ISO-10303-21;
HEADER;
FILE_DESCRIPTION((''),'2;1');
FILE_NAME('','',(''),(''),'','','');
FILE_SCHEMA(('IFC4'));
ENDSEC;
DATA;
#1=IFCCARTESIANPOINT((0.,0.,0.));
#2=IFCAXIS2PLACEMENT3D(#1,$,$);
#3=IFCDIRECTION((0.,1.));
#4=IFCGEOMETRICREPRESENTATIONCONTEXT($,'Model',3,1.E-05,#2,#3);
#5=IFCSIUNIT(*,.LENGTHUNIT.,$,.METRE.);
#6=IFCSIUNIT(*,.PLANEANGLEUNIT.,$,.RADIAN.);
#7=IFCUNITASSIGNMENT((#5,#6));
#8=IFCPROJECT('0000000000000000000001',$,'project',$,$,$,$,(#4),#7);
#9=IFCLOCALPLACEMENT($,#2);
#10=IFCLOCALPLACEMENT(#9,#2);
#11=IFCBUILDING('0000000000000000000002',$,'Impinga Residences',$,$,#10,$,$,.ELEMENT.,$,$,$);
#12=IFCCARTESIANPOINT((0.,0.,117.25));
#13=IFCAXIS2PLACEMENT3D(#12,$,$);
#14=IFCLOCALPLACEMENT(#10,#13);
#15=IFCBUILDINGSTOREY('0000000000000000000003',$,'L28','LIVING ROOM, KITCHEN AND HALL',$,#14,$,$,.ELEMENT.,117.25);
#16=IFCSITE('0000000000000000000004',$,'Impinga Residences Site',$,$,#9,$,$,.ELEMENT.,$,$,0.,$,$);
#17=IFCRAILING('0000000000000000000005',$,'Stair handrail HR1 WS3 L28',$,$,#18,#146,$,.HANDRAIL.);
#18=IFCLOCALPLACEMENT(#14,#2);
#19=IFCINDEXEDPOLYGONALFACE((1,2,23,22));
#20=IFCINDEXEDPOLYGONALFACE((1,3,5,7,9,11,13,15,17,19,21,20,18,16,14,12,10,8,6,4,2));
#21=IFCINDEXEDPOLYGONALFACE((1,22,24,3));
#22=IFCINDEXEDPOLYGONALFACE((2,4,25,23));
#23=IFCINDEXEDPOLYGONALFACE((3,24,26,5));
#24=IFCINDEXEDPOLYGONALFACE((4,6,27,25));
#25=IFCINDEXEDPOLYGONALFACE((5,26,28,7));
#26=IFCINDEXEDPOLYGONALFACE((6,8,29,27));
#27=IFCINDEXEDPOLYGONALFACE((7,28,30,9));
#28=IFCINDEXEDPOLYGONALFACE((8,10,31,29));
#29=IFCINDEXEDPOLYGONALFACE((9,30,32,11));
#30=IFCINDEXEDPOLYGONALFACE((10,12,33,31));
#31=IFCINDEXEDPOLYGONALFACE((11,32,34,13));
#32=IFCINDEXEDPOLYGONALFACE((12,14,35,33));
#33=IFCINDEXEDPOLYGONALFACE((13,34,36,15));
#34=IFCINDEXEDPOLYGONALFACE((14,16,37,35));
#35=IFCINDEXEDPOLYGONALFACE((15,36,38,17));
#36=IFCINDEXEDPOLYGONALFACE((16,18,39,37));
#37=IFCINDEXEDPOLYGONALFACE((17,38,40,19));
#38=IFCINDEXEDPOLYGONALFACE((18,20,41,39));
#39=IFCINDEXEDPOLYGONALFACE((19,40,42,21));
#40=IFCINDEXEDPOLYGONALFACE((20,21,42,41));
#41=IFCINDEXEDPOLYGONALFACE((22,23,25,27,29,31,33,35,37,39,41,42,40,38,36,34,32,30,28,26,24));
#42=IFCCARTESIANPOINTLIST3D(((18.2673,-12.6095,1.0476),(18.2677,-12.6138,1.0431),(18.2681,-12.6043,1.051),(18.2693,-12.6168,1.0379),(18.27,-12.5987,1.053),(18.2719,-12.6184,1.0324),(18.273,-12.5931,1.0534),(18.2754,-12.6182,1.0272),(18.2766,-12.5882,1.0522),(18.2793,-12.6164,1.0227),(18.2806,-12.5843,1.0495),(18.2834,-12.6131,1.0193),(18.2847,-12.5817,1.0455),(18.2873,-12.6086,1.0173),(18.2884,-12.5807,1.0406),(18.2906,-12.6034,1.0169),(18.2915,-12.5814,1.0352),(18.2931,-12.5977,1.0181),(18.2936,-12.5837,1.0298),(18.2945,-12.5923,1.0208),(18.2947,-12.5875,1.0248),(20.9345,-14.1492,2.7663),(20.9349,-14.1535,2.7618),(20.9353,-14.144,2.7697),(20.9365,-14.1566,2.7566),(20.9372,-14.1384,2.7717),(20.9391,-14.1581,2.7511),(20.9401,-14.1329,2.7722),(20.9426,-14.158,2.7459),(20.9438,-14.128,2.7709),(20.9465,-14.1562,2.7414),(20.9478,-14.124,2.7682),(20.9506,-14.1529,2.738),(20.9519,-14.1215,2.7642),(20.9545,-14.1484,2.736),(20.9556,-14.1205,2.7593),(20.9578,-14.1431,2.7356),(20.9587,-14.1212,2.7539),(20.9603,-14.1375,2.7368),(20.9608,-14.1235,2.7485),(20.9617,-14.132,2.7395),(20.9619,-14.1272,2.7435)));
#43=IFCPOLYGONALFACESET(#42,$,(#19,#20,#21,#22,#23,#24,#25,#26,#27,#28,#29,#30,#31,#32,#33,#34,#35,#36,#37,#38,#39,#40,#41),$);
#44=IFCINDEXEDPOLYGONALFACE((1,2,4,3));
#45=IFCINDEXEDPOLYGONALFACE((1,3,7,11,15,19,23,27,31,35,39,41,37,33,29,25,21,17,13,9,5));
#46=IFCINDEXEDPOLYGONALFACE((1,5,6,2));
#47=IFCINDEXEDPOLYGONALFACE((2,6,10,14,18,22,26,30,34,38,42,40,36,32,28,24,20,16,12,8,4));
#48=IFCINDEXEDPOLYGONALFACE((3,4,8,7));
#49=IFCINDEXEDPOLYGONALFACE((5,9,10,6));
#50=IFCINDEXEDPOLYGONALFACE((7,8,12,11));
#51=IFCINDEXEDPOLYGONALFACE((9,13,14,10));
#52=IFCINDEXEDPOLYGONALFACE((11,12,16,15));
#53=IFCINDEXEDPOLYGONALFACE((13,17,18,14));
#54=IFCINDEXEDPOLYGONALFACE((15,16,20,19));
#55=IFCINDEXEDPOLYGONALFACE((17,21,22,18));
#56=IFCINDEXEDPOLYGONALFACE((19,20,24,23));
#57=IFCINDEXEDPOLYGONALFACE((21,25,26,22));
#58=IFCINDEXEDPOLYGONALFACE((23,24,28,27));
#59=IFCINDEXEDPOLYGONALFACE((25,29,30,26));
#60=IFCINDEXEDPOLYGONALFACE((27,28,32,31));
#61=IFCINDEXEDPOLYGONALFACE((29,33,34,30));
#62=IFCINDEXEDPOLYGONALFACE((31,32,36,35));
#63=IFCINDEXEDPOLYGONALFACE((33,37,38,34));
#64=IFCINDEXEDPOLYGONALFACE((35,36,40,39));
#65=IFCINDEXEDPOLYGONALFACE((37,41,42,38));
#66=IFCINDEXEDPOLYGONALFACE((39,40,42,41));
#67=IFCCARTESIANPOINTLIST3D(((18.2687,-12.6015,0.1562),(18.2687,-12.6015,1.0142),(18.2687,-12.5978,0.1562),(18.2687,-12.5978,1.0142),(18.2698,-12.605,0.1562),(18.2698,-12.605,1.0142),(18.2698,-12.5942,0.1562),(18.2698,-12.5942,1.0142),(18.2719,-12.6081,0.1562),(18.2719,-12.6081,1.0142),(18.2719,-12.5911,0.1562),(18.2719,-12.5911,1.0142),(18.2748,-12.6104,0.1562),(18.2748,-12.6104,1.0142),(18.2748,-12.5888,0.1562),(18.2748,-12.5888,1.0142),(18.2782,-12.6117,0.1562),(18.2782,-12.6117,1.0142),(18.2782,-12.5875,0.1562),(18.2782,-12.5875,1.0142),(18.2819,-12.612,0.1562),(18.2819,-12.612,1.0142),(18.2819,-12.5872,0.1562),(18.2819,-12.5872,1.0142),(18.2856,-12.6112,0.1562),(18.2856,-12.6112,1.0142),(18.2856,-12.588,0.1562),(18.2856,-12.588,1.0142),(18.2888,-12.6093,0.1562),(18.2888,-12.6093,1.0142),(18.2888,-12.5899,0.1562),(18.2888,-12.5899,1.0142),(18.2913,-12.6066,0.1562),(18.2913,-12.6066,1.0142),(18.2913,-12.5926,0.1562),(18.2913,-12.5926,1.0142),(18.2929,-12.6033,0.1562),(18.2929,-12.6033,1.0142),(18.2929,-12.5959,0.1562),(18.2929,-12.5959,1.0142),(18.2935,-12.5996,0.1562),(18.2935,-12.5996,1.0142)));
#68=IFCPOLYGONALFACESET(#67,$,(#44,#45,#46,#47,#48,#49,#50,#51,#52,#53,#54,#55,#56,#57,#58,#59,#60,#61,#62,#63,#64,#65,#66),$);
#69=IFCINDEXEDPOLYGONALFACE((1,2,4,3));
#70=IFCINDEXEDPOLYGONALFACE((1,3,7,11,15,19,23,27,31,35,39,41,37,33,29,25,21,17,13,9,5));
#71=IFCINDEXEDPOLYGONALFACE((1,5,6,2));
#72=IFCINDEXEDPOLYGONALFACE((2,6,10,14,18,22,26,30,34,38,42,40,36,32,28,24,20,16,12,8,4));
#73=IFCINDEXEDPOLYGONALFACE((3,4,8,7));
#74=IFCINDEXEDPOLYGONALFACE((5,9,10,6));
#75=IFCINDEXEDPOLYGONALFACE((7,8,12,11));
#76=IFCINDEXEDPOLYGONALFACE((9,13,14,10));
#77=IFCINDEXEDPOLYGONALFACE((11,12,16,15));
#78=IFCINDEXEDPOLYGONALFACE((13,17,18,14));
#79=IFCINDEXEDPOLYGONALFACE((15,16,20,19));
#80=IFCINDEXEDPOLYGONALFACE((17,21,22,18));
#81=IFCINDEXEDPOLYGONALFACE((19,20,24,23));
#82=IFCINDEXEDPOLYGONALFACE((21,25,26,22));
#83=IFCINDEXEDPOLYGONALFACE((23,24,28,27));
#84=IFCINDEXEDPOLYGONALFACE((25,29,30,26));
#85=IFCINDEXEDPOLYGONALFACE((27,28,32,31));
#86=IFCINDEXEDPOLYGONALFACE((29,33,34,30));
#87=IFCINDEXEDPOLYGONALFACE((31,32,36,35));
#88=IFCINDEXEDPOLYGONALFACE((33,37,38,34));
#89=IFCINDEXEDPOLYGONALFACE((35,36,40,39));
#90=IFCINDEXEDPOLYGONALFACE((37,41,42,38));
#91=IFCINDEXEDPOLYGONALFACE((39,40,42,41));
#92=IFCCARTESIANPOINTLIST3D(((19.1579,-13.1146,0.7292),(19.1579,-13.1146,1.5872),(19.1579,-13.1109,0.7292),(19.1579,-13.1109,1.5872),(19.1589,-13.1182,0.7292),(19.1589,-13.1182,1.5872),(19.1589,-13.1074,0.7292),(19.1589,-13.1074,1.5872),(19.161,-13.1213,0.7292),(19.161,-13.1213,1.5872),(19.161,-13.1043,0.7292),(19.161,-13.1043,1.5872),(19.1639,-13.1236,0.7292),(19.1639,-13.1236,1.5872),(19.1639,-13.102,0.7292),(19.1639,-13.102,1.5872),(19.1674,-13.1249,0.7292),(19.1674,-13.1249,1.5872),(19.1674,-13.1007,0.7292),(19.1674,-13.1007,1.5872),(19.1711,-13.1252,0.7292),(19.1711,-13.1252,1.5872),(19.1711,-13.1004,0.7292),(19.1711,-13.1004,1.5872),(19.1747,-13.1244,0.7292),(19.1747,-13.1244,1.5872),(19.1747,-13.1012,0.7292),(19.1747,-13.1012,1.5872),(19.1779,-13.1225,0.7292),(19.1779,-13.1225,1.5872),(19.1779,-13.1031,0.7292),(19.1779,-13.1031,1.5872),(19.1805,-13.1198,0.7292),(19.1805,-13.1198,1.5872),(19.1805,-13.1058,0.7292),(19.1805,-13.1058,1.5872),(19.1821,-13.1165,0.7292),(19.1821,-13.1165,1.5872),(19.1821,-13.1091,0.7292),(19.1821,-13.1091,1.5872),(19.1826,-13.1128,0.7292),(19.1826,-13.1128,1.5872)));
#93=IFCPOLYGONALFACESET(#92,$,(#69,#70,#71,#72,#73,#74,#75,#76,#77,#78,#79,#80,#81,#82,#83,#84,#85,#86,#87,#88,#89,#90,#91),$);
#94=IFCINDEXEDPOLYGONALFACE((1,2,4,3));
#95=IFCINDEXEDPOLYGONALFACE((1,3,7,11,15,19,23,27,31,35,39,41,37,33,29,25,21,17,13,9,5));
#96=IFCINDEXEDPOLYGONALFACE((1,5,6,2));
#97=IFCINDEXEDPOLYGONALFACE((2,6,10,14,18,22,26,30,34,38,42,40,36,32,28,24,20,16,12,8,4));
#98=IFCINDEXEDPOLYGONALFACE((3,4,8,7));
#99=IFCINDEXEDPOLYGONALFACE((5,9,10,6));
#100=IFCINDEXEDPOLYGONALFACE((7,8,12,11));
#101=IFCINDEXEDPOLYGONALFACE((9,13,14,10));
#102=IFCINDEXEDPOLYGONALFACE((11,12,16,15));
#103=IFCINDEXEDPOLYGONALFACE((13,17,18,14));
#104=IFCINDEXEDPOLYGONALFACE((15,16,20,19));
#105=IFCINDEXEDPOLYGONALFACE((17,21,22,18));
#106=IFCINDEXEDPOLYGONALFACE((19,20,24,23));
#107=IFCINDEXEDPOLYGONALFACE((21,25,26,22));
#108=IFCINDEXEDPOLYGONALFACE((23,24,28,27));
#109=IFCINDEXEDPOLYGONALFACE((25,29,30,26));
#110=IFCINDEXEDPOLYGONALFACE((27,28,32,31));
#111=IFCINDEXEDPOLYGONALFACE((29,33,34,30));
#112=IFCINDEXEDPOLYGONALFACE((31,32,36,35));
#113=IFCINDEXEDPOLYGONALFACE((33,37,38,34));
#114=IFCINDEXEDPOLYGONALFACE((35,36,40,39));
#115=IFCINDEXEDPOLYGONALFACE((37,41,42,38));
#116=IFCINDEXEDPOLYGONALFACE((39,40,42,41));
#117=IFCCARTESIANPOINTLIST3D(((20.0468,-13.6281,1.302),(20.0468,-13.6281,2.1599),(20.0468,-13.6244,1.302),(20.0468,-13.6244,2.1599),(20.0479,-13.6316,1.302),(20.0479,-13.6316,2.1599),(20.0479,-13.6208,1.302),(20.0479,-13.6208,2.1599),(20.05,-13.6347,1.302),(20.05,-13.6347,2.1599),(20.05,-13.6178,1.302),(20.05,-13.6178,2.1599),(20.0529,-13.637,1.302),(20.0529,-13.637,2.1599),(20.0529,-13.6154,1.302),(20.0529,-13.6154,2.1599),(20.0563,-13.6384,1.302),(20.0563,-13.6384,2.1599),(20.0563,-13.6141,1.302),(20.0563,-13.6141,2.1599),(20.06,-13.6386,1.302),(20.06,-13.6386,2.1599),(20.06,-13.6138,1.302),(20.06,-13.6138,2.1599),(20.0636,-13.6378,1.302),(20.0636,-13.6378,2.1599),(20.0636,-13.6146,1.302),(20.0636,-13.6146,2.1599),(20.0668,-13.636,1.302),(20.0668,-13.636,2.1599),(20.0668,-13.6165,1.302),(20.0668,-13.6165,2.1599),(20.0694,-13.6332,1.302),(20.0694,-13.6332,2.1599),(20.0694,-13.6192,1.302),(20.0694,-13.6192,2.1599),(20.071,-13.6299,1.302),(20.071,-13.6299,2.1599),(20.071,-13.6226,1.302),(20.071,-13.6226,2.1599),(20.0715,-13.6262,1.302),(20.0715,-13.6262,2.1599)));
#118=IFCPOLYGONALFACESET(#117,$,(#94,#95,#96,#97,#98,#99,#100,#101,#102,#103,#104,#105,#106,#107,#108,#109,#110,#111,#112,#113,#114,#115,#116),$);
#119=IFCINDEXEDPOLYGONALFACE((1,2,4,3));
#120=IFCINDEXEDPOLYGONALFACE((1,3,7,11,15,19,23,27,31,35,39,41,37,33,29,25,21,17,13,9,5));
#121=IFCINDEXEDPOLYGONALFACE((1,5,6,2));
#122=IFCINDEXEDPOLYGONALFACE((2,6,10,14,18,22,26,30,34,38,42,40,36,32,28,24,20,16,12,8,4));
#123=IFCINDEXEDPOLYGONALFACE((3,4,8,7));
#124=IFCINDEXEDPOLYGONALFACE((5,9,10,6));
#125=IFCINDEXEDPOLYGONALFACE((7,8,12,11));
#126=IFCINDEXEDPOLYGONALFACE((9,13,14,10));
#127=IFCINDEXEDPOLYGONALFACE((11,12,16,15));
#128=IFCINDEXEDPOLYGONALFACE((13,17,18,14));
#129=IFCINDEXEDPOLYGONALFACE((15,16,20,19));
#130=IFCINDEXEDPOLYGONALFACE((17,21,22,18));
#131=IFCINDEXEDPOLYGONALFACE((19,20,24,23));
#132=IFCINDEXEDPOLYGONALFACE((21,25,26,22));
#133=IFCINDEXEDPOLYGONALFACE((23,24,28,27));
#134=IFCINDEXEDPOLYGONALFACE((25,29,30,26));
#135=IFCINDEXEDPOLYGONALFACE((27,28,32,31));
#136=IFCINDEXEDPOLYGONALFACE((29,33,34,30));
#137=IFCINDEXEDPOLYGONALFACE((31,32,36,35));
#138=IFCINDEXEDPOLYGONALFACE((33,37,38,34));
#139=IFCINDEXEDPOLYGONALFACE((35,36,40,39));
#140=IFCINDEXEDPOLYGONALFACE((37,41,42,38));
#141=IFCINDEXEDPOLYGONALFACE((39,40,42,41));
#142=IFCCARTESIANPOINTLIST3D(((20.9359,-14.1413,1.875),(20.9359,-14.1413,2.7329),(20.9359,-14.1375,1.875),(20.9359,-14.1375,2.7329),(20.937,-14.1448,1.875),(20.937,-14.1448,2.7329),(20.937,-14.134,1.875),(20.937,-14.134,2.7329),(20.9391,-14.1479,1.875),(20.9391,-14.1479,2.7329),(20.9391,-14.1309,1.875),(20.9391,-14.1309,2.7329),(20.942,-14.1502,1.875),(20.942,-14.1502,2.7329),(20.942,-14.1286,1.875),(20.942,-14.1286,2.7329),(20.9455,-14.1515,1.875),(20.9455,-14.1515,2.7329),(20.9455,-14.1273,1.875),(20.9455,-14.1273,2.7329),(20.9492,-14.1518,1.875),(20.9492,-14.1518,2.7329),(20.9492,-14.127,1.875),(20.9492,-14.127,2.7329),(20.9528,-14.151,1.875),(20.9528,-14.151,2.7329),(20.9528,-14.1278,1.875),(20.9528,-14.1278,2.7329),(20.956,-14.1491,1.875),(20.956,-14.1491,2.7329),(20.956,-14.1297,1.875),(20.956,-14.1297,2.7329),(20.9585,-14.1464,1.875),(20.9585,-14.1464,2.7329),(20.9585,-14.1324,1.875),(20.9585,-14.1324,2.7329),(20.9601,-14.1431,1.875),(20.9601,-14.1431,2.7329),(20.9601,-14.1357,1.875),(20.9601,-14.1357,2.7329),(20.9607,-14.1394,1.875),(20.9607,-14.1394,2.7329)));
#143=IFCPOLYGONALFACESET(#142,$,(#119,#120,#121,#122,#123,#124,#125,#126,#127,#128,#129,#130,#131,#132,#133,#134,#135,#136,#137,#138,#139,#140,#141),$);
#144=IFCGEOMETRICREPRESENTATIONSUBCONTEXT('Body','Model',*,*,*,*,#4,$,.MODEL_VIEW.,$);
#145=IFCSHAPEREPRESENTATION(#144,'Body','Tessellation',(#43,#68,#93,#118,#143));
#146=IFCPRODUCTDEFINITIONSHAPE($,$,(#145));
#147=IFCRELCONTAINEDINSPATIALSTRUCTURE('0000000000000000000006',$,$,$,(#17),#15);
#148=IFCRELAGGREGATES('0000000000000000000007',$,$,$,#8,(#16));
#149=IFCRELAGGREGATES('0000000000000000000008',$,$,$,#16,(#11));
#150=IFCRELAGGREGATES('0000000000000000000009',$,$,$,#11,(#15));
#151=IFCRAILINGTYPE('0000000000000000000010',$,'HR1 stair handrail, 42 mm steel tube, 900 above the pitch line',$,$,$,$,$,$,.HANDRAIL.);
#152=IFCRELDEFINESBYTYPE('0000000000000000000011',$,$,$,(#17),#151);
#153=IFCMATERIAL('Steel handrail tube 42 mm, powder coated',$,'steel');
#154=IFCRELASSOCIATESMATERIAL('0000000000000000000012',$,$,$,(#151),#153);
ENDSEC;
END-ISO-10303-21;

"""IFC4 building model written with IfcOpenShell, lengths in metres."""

from ifc_helpers import new_model, si_unit, direction, frame, origin, origin_2d, place, context, subcontext, project, spatial, circle, extrude, material, type_object, element, save


model = new_model("IFC4")

# Units and contexts
model_context = context("Model", 3, precision=1e-05, world=origin(), true_north=direction((0.0, 1.0)))
body_context = subcontext(model_context, "Body", "Model", "MODEL_VIEW")
ifc_project = project(units=[si_unit("LENGTHUNIT", "METRE"), si_unit("PLANEANGLEUNIT", "RADIAN")], contexts=[model_context])

# Site, building, storey
site_placement = place(None, origin())
site = spatial("IfcSite", under=ifc_project, at=site_placement, Name="Impinga Residences Site", CompositionType="ELEMENT", RefElevation=0.0)
building_placement = place(site_placement, origin())
building = spatial("IfcBuilding", under=site, at=building_placement, Name="Impinga Residences", CompositionType="ELEMENT")
storey_placement = place(building_placement, frame((0.0, 0.0, 117.25)))
storey = spatial("IfcBuildingStorey", under=building, at=storey_placement, Name="L28", Description="LIVING ROOM, KITCHEN AND HALL", CompositionType="ELEMENT", Elevation=117.25)

# Railing
ifc_material_1 = material(Name="Steel handrail tube 42 mm, powder coated", Category="steel")
railing_type = type_object("IfcRailingType", Name="HR1 stair handrail, 42 mm steel tube, 900 above the pitch line", PredefinedType="HANDRAIL", material=ifc_material_1)
railing_placement = place(storey_placement, frame((18.281, -12.5996, 0.1562)))
element("IfcRailing", 1, at=railing_placement, inside=storey, type_object=railing_type, Name="Stair handrail HR1 WS3 L28", PredefinedType="HANDRAIL", context=body_context, shape_type="SweptSolid", body=[
    extrude(circle(Radius=0.021, at=origin_2d()), frame((0.0, 0.0, 0.8789), z_axis=(0.756249, -0.436582, 0.487322), x_axis=(0.499967, 0.866044, 0.0)), (0.0, 0.0, 1.0), 3.5269),
    extrude(circle(Radius=0.0125, at=origin_2d()), origin(), (0.0, 0.0, 1.0), 0.8579),
    extrude(circle(Radius=0.0125, at=origin_2d()), frame((0.8892, -0.5132, 0.573)), (0.0, 0.0, 1.0), 0.8579),
    extrude(circle(Radius=0.0125, at=origin_2d()), frame((1.7781, -1.0266, 1.1458)), (0.0, 0.0, 1.0), 0.8579),
    extrude(circle(Radius=0.0125, at=origin_2d()), frame((2.6672, -1.5398, 1.7188)), (0.0, 0.0, 1.0), 0.8579),
])

save(model, "model.ifc")
